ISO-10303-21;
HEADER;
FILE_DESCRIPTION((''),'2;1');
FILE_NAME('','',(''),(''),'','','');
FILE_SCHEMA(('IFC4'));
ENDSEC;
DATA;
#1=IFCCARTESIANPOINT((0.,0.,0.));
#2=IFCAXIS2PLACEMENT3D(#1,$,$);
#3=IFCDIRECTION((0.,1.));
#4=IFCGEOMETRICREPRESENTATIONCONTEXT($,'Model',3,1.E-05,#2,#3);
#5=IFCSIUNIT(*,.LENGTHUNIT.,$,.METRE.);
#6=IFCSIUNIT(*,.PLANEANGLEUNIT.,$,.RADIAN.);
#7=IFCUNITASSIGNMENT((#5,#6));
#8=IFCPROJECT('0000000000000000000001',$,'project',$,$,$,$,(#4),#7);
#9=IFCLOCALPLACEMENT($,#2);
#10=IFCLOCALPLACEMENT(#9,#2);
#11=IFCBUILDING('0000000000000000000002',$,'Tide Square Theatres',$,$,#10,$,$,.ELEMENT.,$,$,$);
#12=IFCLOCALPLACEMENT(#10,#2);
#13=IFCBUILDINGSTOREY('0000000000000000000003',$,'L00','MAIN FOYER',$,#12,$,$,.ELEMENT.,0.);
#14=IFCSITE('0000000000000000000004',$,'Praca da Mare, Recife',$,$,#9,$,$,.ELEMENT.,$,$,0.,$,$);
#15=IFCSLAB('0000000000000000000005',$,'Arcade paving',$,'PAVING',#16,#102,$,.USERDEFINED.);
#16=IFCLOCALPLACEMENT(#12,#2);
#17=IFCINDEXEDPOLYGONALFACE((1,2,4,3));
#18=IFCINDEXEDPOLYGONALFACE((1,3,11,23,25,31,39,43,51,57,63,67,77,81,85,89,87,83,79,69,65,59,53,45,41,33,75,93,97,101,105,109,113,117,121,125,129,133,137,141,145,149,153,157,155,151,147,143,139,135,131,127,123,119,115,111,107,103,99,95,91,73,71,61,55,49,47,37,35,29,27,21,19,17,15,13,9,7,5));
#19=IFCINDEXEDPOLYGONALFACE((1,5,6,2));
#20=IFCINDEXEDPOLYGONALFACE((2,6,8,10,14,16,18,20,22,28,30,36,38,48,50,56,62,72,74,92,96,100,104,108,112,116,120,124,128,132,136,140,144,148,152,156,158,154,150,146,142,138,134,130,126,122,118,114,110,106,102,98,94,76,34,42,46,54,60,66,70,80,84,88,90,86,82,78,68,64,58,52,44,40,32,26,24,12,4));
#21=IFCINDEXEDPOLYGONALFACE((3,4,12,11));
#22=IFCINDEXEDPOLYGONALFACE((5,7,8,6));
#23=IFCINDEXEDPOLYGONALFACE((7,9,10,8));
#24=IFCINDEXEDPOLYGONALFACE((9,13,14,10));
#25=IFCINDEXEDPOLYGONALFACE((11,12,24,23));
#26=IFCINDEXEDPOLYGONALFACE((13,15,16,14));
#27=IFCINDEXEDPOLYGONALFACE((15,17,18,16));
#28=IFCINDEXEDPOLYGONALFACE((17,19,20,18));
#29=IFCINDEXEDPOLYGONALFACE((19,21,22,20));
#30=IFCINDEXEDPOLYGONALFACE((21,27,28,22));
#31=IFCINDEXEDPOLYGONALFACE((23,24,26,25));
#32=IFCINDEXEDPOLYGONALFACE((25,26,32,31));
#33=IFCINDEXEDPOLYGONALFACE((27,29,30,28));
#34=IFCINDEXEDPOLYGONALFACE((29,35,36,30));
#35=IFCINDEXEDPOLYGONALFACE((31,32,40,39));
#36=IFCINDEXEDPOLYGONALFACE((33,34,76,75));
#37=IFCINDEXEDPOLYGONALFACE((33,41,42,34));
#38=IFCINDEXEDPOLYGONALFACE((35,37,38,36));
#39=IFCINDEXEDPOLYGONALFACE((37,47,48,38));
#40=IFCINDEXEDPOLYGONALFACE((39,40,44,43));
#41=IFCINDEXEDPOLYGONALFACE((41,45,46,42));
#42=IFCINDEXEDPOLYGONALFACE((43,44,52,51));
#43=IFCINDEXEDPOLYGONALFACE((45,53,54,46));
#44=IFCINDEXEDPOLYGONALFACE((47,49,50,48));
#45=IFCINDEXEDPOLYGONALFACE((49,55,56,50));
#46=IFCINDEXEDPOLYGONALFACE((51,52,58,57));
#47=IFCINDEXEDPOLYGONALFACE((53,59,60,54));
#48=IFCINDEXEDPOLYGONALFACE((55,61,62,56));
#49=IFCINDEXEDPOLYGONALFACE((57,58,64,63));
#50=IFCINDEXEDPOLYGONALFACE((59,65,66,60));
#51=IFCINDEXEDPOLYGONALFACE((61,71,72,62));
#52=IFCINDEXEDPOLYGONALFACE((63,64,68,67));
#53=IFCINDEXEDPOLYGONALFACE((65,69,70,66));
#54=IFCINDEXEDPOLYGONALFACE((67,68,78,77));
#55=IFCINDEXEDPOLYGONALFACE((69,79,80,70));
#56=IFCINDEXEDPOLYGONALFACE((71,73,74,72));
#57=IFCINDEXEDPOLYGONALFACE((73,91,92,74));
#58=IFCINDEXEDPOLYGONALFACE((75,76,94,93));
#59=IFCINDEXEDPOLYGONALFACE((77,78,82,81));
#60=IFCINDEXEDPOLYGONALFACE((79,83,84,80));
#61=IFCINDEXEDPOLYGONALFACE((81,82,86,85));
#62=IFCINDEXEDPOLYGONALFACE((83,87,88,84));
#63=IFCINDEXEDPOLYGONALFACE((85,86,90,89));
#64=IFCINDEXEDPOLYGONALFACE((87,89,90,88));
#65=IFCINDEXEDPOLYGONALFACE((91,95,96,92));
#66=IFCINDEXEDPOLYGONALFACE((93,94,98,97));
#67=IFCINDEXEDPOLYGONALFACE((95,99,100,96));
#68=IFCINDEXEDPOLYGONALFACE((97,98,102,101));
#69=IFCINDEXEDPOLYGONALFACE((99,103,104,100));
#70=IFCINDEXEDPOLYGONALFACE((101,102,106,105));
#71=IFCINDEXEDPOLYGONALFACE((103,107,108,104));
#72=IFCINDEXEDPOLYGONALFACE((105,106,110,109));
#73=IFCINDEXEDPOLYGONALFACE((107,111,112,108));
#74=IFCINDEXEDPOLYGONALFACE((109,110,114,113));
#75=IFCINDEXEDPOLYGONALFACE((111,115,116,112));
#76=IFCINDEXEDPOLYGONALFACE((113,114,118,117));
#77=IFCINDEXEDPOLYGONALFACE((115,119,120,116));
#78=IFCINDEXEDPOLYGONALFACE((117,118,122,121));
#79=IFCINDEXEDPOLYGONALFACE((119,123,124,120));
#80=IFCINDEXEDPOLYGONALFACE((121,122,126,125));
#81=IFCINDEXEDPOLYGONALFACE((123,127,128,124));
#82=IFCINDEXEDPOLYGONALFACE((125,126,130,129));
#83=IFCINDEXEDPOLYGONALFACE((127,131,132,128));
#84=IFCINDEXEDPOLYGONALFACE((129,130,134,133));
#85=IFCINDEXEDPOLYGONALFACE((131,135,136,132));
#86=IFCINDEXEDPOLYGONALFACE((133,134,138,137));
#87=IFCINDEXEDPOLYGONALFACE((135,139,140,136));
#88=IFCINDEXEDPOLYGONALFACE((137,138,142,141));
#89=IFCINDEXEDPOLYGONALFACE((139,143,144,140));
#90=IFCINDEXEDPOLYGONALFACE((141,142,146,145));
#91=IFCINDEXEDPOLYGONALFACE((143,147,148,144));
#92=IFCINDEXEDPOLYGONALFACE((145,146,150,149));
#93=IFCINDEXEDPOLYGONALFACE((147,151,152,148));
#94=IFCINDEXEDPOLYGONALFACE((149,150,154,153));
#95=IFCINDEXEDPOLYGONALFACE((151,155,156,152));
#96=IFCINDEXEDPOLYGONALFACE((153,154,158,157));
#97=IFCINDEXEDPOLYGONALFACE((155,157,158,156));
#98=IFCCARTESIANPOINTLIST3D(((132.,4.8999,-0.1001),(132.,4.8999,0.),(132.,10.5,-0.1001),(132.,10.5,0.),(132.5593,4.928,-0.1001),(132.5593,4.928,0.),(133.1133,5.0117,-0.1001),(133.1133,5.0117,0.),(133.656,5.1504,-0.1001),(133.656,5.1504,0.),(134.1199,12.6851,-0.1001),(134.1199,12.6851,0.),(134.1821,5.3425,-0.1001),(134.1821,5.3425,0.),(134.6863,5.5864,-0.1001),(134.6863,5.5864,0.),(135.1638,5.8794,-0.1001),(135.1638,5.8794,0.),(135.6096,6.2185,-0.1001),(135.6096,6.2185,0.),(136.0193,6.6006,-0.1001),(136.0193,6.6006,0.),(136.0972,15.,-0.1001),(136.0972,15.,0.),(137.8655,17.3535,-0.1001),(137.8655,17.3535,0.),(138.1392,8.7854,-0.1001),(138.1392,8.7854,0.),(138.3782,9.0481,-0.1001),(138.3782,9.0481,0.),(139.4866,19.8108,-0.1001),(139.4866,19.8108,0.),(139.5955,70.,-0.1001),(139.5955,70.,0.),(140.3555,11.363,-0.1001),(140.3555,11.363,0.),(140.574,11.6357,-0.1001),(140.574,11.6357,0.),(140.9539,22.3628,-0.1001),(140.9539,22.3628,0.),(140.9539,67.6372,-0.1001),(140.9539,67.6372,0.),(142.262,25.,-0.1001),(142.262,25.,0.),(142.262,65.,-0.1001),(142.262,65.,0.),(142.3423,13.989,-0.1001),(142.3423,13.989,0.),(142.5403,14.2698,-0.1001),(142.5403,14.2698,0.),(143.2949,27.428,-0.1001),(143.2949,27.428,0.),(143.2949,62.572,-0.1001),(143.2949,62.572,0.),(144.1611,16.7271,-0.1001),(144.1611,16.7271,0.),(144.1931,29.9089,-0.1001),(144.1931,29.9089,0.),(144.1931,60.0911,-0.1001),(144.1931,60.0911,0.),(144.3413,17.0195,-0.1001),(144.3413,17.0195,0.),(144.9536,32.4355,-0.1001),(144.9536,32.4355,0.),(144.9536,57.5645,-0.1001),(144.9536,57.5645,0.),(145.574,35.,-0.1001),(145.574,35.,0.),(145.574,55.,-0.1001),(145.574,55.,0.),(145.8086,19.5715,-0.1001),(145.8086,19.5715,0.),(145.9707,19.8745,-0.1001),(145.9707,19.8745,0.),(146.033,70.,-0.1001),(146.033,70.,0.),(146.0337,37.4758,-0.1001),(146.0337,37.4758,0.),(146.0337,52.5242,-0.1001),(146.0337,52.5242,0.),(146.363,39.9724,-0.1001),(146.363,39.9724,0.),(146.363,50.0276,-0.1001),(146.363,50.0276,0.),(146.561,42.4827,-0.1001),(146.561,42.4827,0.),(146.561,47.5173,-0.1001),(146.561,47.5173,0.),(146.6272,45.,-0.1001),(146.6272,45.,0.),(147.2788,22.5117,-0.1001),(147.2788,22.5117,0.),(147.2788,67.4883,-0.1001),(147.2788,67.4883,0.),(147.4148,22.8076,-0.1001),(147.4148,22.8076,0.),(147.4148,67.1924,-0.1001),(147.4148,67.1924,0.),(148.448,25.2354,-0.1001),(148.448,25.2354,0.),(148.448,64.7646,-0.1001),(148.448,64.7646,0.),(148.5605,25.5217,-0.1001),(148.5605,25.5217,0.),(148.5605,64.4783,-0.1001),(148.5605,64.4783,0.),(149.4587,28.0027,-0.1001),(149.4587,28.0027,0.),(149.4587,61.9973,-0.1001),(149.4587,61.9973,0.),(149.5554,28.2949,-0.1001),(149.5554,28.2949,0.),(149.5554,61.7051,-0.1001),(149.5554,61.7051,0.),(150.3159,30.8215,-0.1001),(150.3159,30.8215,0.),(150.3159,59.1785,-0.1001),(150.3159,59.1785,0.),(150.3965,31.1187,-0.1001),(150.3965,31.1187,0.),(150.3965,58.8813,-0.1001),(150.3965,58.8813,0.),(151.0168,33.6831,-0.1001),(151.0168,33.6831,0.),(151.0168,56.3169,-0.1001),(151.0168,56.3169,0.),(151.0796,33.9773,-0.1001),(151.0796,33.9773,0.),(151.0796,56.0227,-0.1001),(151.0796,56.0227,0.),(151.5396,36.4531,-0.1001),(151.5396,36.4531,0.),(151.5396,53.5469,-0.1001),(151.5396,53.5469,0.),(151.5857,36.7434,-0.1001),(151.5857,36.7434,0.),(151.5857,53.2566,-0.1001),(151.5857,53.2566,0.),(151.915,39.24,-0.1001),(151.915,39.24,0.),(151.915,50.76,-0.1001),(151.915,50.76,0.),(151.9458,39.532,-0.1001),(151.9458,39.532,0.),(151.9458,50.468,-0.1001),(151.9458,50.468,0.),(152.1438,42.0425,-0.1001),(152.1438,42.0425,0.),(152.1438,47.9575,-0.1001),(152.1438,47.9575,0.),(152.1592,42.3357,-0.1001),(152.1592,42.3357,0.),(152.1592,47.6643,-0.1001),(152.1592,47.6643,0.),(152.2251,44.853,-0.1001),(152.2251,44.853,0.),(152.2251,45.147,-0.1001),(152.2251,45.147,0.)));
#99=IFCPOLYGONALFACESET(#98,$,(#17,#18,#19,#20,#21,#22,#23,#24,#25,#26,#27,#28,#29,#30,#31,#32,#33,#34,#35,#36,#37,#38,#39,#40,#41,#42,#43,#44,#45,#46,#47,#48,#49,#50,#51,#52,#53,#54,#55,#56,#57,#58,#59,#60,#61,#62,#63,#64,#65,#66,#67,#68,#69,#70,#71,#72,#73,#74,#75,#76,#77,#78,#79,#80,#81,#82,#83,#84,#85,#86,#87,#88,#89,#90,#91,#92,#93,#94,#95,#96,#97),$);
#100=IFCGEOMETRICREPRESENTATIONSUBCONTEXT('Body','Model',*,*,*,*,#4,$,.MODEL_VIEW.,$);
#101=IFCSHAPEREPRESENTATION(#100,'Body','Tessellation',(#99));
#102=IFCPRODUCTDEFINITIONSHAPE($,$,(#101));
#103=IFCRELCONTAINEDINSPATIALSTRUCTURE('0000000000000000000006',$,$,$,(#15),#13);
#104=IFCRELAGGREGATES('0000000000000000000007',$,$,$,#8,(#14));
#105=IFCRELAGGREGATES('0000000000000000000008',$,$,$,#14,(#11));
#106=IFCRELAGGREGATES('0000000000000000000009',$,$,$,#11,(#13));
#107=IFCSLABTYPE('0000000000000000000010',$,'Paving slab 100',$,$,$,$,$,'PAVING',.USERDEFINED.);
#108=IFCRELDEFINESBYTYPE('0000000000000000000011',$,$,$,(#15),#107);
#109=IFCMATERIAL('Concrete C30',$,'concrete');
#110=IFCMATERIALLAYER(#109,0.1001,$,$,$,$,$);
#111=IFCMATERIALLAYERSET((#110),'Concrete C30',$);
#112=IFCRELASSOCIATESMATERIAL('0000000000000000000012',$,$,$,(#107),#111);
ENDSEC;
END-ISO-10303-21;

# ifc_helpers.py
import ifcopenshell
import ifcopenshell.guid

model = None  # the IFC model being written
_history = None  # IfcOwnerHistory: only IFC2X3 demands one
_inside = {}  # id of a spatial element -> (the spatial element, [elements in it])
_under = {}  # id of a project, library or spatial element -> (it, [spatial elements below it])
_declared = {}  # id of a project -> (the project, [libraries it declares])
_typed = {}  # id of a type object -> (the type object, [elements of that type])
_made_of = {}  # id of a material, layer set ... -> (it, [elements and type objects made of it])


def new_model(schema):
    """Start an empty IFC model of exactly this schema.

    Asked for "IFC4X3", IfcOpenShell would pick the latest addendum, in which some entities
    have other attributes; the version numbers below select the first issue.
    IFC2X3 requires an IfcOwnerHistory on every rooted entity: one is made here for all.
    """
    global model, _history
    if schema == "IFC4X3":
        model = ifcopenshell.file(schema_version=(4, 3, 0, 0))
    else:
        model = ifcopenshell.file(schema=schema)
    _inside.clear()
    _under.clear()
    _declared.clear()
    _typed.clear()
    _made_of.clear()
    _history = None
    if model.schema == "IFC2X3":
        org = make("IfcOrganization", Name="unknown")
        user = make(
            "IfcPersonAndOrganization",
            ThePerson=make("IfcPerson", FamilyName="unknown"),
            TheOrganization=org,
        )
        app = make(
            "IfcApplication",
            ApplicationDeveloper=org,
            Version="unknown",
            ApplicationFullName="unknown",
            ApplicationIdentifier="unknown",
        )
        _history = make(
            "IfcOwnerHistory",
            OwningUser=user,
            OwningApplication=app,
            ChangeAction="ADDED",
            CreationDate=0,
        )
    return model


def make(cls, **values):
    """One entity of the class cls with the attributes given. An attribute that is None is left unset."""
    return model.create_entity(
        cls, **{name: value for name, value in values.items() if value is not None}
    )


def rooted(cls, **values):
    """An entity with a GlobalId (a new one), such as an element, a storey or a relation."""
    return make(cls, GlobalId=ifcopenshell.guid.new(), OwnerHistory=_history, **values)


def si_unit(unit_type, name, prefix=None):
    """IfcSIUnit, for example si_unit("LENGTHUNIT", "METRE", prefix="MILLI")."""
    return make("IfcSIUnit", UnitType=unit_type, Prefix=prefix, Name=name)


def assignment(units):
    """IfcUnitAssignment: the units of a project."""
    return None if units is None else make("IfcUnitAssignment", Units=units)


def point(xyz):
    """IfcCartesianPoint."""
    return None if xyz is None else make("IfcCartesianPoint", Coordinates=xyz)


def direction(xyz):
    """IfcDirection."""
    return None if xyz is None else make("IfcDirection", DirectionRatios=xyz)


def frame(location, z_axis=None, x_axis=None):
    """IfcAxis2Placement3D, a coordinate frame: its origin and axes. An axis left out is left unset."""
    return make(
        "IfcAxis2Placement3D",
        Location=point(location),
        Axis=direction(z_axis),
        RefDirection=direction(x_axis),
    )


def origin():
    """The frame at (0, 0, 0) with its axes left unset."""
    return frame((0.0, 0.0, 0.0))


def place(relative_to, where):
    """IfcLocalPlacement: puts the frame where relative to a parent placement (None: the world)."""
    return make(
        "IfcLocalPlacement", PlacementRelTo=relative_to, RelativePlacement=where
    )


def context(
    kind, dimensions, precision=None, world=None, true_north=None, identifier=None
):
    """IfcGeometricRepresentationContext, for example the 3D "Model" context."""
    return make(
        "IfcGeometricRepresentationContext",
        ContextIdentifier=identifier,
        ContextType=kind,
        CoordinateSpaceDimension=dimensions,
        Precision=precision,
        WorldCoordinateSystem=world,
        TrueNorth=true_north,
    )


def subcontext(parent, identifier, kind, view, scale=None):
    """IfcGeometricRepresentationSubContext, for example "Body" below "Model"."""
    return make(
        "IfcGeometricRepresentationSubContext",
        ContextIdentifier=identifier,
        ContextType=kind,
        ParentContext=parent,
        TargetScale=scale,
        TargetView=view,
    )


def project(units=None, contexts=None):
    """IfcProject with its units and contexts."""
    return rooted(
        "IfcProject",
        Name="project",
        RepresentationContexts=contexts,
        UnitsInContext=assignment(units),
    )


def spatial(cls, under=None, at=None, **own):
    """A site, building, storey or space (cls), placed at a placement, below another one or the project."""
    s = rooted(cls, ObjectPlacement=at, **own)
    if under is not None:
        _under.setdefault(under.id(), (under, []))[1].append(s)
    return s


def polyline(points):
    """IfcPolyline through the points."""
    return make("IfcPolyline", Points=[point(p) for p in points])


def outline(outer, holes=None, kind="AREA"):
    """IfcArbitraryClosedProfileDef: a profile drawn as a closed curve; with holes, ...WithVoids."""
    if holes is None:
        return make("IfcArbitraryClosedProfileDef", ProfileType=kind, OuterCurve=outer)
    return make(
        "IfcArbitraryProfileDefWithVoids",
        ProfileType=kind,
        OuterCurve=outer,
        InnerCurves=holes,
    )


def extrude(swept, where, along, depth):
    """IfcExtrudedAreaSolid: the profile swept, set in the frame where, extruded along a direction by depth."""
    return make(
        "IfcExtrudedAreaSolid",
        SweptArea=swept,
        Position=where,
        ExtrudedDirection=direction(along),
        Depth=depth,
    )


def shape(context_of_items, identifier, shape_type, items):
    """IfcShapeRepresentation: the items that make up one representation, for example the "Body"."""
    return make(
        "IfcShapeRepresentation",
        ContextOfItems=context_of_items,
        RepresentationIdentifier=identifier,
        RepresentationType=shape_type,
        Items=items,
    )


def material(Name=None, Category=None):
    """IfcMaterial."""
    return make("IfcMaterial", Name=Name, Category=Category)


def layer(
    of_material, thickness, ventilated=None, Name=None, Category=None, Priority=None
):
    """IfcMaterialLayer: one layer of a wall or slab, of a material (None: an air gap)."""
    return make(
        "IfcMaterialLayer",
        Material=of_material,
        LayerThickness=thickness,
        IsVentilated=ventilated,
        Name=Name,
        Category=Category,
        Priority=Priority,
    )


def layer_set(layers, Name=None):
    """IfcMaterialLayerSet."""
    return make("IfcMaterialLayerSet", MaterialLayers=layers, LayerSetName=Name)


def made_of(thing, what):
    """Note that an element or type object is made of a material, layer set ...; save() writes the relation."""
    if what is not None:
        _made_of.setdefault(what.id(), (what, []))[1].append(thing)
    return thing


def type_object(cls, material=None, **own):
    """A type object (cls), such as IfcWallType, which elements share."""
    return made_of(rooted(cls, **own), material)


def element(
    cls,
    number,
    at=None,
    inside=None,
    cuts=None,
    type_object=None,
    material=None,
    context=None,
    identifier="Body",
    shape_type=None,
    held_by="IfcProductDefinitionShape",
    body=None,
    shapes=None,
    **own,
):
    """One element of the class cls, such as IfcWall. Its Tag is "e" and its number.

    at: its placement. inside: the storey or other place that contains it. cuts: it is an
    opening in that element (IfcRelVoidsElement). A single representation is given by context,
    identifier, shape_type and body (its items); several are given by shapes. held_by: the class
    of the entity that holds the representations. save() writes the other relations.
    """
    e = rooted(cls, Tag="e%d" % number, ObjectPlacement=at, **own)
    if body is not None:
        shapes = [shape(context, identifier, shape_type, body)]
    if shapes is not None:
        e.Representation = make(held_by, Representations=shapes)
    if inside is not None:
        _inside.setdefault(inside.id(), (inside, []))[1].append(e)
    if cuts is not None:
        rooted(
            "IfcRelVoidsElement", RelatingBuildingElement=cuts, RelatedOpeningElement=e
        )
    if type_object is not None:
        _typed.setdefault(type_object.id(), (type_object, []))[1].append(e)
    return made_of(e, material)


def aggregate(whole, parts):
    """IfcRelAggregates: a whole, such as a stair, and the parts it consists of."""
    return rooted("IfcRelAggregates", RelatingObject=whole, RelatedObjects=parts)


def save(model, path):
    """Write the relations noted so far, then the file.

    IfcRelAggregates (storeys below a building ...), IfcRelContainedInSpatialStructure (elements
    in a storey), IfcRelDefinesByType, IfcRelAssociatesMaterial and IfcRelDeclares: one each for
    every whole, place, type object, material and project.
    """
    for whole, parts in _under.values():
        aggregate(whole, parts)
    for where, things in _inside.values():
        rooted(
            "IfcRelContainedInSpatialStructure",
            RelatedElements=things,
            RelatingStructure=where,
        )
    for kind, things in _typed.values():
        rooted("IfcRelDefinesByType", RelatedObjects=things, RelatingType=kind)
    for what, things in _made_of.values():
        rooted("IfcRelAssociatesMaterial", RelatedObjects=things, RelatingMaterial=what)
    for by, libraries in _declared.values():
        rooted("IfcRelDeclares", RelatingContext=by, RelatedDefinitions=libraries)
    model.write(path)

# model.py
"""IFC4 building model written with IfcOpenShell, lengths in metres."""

from ifc_helpers import new_model, si_unit, direction, frame, origin, place, context, subcontext, project, spatial, polyline, outline, extrude, material, layer, layer_set, type_object, element, save


model = new_model("IFC4")

# Units and contexts
model_context = context("Model", 3, precision=1e-05, world=origin(), true_north=direction((0.0, 1.0)))
body_context = subcontext(model_context, "Body", "Model", "MODEL_VIEW")
ifc_project = project(units=[si_unit("LENGTHUNIT", "METRE"), si_unit("PLANEANGLEUNIT", "RADIAN")], contexts=[model_context])

# Site, building, storey
site_placement = place(None, origin())
site = spatial("IfcSite", under=ifc_project, at=site_placement, Name="Praca da Mare, Recife", CompositionType="ELEMENT", RefElevation=0.0)
building_placement = place(site_placement, origin())
building = spatial("IfcBuilding", under=site, at=building_placement, Name="Tide Square Theatres", CompositionType="ELEMENT")
storey_placement = place(building_placement, origin())
storey = spatial("IfcBuildingStorey", under=building, at=storey_placement, Name="L00", Description="MAIN FOYER", CompositionType="ELEMENT", Elevation=0.0)

# Slab
ifc_material_1 = material(Name="Concrete C30", Category="concrete")
ifc_layer_1 = layer(ifc_material_1, 0.1001)
ifc_layer_set_1 = layer_set([ifc_layer_1], Name="Concrete C30")
slab_type_1 = type_object("IfcSlabType", Name="Paving slab 100", ElementType="PAVING", PredefinedType="USERDEFINED", material=ifc_layer_set_1)
slab_1_placement = place(storey_placement, frame((0.0, 0.0, -0.1001)))
element("IfcSlab", 1, at=slab_1_placement, inside=storey, type_object=slab_type_1, Name="Arcade paving", ObjectType="PAVING", PredefinedType="USERDEFINED", context=body_context, shape_type="SweptSolid", body=[
    extrude(outline(polyline([(147.4148, 67.1924), (147.2788, 67.4883), (146.033, 70.0), (139.5955, 70.0), (140.9539, 67.6372), (142.262, 65.0), (143.2949, 62.572), (144.1931, 60.0911), (144.9536, 57.5645), (145.574, 55.0), (146.0337, 52.5242), (146.363, 50.0276), (146.561, 47.5173), (146.6272, 45.0), (146.561, 42.4827), (146.363, 39.9724), (146.0337, 37.4758), (145.574, 35.0), (144.9536, 32.4355), (144.1931, 29.9089), (143.2949, 27.428), (142.262, 25.0), (140.9539, 22.3628), (139.4866, 19.8108), (137.8655, 17.3535), (136.0972, 15.0), (134.1199, 12.6851), (132.0, 10.5), (132.0, 4.8999), (132.5593, 4.928), (133.1133, 5.0117), (133.656, 5.1504), (134.1821, 5.3425), (134.6863, 5.5864), (135.1638, 5.8794), (135.6096, 6.2185), (136.0193, 6.6006), (138.1392, 8.7854), (138.3782, 9.0481), (140.3555, 11.363), (140.574, 11.6357), (142.3423, 13.989), (142.5403, 14.2698), (144.1611, 16.7271), (144.3413, 17.0195), (145.8086, 19.5715), (145.9707, 19.8745), (147.2788, 22.5117), (147.4148, 22.8076), (148.448, 25.2354), (148.5605, 25.5217), (149.4587, 28.0027), (149.5554, 28.2949), (150.3159, 30.8215), (150.3965, 31.1187), (151.0168, 33.6831), (151.0796, 33.9773), (151.5396, 36.4531), (151.5857, 36.7434), (151.915, 39.24), (151.9458, 39.532), (152.1438, 42.0425), (152.1592, 42.3357), (152.2251, 44.853), (152.2251, 45.147), (152.1592, 47.6643), (152.1438, 47.9575), (151.9458, 50.468), (151.915, 50.76), (151.5857, 53.2566), (151.5396, 53.5469), (151.0796, 56.0227), (151.0168, 56.3169), (150.3965, 58.8813), (150.3159, 59.1785), (149.5554, 61.7051), (149.4587, 61.9973), (148.5605, 64.4783), (148.448, 64.7646), (147.4148, 67.1924)])), origin(), (0.0, 0.0, 1.0), 0.1001),
])

save(model, "model.ifc")
